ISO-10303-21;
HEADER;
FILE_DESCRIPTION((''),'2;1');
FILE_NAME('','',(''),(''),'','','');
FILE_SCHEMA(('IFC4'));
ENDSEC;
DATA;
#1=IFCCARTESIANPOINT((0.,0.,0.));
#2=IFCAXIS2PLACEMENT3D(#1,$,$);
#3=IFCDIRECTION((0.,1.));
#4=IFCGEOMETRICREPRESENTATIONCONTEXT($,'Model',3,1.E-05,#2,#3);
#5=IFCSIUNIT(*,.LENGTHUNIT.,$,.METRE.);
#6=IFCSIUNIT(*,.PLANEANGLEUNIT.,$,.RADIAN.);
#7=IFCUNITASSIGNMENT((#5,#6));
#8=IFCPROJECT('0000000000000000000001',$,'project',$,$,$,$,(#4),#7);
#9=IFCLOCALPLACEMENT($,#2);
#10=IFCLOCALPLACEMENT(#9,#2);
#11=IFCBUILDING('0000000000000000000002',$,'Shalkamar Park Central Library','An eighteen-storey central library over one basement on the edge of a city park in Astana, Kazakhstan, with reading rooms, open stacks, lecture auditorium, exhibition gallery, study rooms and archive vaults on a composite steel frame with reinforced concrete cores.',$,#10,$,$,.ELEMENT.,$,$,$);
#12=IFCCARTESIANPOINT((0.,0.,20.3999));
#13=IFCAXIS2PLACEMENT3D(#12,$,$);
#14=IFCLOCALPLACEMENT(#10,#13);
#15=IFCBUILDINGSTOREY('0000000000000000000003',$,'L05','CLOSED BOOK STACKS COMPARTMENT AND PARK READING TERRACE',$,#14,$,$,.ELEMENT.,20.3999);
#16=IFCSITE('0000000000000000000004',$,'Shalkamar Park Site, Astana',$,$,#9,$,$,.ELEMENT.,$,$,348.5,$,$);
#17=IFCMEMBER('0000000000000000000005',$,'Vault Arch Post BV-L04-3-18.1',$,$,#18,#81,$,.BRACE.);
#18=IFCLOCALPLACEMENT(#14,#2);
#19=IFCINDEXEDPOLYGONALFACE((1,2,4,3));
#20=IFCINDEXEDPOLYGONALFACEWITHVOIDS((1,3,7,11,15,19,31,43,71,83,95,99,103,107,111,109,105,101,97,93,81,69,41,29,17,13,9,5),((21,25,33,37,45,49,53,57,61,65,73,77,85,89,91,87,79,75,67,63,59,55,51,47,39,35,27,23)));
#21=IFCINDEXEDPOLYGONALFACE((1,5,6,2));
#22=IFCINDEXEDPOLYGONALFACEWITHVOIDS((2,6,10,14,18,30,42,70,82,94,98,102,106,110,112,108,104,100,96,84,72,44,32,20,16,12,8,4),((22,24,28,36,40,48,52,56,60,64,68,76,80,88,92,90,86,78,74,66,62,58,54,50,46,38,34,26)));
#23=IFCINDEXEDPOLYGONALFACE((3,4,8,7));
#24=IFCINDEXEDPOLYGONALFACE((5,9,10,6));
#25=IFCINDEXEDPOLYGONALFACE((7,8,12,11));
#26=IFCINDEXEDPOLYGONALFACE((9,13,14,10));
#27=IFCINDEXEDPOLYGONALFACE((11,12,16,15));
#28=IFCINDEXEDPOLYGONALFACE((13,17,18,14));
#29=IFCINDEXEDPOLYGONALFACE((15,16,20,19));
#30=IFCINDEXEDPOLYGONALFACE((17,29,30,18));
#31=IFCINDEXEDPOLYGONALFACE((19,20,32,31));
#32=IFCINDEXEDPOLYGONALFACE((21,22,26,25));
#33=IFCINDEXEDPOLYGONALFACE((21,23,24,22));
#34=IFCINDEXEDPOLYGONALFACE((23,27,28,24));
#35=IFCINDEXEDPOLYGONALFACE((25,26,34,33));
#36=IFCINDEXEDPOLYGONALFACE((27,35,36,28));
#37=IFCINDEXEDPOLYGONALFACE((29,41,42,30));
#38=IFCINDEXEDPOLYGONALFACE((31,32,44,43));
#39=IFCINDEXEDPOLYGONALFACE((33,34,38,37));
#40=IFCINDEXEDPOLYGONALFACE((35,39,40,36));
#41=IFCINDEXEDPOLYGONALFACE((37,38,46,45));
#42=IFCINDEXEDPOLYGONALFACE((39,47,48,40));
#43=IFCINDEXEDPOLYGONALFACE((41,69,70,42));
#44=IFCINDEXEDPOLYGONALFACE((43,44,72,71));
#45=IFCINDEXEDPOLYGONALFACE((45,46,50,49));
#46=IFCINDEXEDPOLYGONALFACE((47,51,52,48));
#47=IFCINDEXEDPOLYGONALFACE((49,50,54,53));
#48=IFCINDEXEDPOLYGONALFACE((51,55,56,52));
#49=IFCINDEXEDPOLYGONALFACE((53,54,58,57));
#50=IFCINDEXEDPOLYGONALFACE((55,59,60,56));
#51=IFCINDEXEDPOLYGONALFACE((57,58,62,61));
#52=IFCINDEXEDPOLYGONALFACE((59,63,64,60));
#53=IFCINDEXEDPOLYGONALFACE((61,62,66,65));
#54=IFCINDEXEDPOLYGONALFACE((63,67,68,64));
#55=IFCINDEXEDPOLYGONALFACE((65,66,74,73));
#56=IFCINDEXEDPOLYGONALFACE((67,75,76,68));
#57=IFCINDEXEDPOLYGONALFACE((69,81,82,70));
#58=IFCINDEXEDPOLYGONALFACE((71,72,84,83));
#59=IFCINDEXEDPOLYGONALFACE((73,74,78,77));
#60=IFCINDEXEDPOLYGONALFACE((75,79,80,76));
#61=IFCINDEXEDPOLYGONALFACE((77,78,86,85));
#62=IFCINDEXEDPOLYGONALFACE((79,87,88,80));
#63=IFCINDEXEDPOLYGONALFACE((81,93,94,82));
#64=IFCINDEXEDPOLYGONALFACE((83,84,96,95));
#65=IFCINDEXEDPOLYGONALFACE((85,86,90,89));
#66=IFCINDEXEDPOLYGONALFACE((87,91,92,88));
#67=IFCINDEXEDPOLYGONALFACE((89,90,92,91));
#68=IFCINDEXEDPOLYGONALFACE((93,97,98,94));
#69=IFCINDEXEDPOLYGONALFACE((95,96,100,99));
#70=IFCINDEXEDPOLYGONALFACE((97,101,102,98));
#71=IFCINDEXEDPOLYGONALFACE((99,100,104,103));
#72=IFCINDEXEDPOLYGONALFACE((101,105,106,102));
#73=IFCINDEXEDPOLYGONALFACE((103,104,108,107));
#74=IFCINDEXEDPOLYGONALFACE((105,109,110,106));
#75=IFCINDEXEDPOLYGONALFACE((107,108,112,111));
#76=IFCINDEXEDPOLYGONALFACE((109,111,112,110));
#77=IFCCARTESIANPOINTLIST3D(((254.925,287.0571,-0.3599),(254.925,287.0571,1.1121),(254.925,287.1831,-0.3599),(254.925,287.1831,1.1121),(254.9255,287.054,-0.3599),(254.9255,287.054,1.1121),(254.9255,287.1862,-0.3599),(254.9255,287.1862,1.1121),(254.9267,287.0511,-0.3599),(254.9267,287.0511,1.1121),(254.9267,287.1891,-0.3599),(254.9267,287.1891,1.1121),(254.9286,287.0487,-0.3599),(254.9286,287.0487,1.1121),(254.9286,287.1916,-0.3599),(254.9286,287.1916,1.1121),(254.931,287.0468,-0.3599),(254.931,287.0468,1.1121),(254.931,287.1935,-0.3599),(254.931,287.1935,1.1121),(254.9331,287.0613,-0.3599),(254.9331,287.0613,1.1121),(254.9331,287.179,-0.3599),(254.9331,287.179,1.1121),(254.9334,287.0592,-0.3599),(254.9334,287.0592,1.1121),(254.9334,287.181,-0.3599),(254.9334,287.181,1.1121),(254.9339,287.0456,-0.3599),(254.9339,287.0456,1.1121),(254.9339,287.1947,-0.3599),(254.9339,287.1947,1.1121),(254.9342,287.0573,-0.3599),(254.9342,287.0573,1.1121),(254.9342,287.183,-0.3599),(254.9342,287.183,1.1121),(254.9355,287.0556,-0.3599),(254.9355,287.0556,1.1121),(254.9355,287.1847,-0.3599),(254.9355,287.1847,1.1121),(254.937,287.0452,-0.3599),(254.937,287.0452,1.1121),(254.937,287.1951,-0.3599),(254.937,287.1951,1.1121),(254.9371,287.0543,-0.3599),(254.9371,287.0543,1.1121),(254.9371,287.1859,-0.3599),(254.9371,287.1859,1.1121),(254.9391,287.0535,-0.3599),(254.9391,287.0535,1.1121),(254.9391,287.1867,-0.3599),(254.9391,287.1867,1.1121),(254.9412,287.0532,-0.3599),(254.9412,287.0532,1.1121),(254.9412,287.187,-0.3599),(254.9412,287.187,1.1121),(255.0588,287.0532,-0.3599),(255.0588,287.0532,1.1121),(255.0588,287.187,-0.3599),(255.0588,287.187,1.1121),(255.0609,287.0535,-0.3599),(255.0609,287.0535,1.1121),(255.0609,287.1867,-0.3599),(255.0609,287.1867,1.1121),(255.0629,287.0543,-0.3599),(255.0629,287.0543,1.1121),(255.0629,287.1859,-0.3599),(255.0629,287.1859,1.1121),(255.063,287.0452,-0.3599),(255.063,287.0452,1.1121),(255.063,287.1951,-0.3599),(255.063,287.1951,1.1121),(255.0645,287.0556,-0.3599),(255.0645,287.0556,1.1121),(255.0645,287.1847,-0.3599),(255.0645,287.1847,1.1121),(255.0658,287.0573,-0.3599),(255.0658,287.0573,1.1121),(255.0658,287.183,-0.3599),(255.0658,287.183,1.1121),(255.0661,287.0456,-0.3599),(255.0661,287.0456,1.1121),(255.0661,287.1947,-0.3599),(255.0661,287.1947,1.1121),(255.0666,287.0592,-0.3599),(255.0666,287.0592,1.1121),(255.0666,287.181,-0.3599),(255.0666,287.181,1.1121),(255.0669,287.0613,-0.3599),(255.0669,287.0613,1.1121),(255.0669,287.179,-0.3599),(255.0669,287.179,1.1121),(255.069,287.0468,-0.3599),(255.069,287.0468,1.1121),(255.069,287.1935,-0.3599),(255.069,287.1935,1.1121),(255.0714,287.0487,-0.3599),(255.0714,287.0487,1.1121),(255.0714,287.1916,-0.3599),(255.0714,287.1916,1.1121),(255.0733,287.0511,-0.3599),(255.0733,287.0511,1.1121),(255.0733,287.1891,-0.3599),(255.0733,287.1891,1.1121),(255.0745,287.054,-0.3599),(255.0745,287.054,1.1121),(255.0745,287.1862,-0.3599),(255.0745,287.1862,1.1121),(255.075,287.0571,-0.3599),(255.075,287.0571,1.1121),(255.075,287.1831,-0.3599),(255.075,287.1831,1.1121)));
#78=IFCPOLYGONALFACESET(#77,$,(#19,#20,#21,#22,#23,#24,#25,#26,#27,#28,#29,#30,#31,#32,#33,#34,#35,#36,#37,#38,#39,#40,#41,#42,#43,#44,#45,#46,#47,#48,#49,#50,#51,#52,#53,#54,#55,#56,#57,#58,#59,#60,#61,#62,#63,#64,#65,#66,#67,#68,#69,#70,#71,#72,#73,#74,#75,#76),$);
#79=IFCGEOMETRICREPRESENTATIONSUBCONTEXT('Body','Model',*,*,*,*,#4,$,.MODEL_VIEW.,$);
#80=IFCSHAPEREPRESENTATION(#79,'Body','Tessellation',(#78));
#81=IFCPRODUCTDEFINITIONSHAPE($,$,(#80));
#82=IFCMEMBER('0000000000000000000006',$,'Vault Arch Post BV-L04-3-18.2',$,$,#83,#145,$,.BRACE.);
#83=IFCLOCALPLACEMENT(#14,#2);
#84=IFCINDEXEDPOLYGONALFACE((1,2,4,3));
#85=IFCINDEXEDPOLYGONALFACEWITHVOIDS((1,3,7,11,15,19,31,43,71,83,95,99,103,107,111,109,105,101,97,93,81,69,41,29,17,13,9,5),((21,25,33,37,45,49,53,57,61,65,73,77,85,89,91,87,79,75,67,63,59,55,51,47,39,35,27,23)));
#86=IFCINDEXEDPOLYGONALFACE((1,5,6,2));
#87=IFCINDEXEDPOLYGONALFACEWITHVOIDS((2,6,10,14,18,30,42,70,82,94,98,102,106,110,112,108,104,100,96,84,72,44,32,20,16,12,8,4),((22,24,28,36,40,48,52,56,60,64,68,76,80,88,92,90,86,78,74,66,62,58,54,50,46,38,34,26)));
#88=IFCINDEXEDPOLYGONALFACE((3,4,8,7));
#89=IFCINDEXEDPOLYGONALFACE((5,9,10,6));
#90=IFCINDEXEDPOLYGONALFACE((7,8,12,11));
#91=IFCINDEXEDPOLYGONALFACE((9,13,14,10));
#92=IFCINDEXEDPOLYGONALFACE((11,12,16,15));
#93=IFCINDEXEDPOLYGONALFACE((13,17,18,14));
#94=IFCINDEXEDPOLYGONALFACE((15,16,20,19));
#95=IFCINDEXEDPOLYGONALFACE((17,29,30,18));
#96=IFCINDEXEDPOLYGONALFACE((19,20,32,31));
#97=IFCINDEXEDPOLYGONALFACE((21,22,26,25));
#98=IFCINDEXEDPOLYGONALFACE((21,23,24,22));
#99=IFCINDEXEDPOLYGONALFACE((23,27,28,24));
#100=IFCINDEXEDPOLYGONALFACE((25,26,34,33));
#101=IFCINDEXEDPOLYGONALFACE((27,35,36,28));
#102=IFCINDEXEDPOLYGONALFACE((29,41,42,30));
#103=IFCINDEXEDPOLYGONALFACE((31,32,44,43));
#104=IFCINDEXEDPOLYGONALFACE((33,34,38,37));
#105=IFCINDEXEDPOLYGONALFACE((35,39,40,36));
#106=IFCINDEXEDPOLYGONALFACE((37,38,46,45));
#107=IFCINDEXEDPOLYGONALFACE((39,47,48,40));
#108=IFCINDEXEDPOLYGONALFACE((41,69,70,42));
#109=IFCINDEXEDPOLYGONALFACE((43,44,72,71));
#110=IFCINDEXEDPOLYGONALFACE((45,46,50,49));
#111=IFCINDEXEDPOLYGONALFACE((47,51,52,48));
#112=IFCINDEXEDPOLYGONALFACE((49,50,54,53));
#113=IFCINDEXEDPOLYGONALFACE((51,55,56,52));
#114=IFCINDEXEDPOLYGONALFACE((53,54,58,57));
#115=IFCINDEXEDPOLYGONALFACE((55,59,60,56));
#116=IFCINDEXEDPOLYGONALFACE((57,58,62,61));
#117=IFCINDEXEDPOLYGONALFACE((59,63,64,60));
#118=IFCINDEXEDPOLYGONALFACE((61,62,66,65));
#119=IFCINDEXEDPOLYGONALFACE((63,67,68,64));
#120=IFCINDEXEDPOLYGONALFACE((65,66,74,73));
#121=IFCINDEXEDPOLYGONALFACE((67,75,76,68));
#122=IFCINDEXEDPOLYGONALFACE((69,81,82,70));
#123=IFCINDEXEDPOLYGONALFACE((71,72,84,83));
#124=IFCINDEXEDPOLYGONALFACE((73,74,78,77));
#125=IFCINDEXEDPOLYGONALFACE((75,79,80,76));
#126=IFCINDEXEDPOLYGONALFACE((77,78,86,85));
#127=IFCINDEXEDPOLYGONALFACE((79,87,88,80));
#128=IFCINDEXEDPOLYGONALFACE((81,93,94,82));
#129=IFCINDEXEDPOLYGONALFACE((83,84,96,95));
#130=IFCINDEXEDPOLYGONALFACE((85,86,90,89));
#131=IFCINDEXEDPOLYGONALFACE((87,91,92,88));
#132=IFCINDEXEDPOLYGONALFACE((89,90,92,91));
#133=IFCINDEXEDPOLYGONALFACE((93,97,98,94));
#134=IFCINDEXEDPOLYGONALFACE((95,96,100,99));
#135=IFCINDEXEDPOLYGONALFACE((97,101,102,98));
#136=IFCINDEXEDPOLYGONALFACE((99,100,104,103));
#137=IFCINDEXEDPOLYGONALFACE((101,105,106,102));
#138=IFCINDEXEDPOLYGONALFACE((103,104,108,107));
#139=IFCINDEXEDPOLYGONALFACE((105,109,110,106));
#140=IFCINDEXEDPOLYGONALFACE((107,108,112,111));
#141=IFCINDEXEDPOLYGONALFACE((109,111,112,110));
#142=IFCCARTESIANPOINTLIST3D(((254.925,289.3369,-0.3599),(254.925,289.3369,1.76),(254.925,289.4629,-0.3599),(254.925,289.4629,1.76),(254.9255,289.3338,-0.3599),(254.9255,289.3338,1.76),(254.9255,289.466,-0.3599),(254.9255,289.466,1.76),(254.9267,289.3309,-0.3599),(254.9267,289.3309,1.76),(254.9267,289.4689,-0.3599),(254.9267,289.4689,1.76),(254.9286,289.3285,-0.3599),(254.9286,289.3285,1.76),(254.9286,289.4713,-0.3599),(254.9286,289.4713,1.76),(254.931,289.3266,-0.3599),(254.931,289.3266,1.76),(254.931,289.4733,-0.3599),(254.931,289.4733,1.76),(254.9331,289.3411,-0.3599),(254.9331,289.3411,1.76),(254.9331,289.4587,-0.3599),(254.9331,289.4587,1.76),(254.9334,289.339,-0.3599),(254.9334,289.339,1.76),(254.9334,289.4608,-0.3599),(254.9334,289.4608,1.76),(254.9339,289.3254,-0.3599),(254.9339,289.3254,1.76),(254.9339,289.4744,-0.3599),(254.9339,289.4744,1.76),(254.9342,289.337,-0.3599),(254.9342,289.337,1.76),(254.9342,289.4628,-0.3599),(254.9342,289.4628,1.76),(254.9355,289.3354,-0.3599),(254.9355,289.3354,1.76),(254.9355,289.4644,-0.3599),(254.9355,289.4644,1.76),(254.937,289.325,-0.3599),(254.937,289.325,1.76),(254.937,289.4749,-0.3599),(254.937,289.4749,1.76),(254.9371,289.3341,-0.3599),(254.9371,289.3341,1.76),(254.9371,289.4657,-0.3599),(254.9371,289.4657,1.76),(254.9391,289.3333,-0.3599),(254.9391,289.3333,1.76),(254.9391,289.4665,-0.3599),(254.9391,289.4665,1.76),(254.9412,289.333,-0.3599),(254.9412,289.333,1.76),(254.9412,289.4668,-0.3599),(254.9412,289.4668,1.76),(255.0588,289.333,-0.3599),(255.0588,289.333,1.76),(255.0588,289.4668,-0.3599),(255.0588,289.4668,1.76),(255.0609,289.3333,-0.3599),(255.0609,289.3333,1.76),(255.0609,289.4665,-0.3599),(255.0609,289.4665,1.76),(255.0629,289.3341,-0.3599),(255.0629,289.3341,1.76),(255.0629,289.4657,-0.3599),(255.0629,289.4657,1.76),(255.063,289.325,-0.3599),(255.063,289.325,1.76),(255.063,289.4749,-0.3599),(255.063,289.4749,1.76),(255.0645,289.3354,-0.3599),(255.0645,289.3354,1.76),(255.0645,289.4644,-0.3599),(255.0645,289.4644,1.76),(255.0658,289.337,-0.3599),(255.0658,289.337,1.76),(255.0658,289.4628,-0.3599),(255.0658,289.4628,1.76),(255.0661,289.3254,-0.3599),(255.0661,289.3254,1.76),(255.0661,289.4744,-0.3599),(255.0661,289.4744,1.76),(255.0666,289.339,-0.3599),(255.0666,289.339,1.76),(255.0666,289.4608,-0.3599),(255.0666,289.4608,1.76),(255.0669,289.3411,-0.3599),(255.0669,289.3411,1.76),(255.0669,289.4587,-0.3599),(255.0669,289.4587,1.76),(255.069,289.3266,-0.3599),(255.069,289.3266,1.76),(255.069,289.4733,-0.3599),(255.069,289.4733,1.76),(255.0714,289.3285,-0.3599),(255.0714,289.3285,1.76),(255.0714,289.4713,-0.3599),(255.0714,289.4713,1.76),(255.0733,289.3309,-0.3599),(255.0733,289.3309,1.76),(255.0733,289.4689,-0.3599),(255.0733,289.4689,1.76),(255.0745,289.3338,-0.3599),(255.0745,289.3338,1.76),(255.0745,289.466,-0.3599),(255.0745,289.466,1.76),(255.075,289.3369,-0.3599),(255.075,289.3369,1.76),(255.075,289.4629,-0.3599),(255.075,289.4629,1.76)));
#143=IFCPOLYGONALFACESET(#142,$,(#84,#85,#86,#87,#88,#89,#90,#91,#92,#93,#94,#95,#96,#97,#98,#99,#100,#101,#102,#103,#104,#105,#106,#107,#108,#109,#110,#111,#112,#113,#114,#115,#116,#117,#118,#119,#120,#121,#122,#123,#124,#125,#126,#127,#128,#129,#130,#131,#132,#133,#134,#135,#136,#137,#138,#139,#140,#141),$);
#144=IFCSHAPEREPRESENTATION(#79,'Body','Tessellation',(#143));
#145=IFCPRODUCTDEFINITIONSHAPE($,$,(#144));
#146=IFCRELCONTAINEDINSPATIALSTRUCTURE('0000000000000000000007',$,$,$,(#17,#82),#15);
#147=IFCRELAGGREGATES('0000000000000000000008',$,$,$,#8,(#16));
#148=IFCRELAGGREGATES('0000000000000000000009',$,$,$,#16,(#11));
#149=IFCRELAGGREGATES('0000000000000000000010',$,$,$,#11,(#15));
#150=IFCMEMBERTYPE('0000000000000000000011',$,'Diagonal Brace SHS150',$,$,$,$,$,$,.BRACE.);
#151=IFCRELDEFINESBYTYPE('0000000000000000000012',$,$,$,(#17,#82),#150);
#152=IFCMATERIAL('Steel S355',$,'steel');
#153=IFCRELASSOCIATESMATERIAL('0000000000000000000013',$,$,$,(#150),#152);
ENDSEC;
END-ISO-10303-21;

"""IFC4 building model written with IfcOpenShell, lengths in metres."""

from ifc_helpers import new_model, si_unit, direction, frame, origin, origin_2d, place, context, subcontext, project, spatial, hollow_rectangle, extrude, material, material_profile, profile_set, type_object, element, save


model = new_model("IFC4")

# Units and contexts
model_context = context("Model", 3, precision=1e-05, world=origin(), true_north=direction((0.0, 1.0)))
body_context = subcontext(model_context, "Body", "Model", "MODEL_VIEW")
ifc_project = project(units=[si_unit("LENGTHUNIT", "METRE"), si_unit("PLANEANGLEUNIT", "RADIAN")], contexts=[model_context])

# Site, building, storey
site_placement = place(None, origin())
site = spatial("IfcSite", under=ifc_project, at=site_placement, Name="Shalkamar Park Site, Astana", CompositionType="ELEMENT", RefElevation=348.5)
building_placement = place(site_placement, origin())
building = spatial("IfcBuilding", under=site, at=building_placement, Name="Shalkamar Park Central Library", Description="An eighteen-storey central library over one basement on the edge of a city park in Astana, Kazakhstan, with reading rooms, open stacks, lecture auditorium, exhibition gallery, study rooms and archive vaults on a composite steel frame with reinforced concrete cores.", CompositionType="ELEMENT")
storey_placement = place(building_placement, frame((0.0, 0.0, 20.3999)))
storey = spatial("IfcBuildingStorey", under=building, at=storey_placement, Name="L05", Description="CLOSED BOOK STACKS COMPARTMENT AND PARK READING TERRACE", CompositionType="ELEMENT", Elevation=20.3999)

# Members
ifc_material = material(Name="Steel S355", Category="steel")
ifc_material_profile_1 = material_profile(ifc_material, hollow_rectangle(XDim=0.1499, YDim=0.1499, WallThickness=0.0081, InnerFilletRadius=0.0081, OuterFilletRadius=0.012, at=origin_2d()), Name="SHS 150x150x8")
ifc_profile_set_1 = profile_set([ifc_material_profile_1], Name="Steel S355")
member_type_1 = type_object("IfcMemberType", Name="Diagonal Brace SHS150", PredefinedType="BRACE", material=ifc_profile_set_1)
for number, where, z_axis, x_axis, name in (
    (1, (255.0, 287.1201, -0.3599), (0.0, 0.0, 1.0), (1.0, 0.0, 0.0), "Vault Arch Post BV-L04-3-18.1"),
):
    element("IfcMember", number, at=place(storey_placement, frame(where, z_axis=z_axis, x_axis=x_axis)), inside=storey, type_object=member_type_1, Name=name, PredefinedType="BRACE", context=body_context, shape_type="SweptSolid", body=[
        extrude(hollow_rectangle(XDim=0.1499, YDim=0.1499, WallThickness=0.0081, InnerFilletRadius=0.0081, OuterFilletRadius=0.012, at=origin_2d()), origin(), (0.0, 0.0, 1.0), 1.4719),
    ])
member_1_placement = place(storey_placement, frame((255.0, 289.3999, -0.3599), z_axis=(0.0, 0.0, 1.0), x_axis=(1.0, 0.0, 0.0)))
element("IfcMember", 2, at=member_1_placement, inside=storey, type_object=member_type_1, Name="Vault Arch Post BV-L04-3-18.2", PredefinedType="BRACE", context=body_context, shape_type="SweptSolid", body=[
    extrude(hollow_rectangle(XDim=0.1499, YDim=0.1499, WallThickness=0.0081, InnerFilletRadius=0.0081, OuterFilletRadius=0.012, at=origin_2d()), origin(), (0.0, 0.0, 1.0), 2.1199),
])

save(model, "model.ifc")
